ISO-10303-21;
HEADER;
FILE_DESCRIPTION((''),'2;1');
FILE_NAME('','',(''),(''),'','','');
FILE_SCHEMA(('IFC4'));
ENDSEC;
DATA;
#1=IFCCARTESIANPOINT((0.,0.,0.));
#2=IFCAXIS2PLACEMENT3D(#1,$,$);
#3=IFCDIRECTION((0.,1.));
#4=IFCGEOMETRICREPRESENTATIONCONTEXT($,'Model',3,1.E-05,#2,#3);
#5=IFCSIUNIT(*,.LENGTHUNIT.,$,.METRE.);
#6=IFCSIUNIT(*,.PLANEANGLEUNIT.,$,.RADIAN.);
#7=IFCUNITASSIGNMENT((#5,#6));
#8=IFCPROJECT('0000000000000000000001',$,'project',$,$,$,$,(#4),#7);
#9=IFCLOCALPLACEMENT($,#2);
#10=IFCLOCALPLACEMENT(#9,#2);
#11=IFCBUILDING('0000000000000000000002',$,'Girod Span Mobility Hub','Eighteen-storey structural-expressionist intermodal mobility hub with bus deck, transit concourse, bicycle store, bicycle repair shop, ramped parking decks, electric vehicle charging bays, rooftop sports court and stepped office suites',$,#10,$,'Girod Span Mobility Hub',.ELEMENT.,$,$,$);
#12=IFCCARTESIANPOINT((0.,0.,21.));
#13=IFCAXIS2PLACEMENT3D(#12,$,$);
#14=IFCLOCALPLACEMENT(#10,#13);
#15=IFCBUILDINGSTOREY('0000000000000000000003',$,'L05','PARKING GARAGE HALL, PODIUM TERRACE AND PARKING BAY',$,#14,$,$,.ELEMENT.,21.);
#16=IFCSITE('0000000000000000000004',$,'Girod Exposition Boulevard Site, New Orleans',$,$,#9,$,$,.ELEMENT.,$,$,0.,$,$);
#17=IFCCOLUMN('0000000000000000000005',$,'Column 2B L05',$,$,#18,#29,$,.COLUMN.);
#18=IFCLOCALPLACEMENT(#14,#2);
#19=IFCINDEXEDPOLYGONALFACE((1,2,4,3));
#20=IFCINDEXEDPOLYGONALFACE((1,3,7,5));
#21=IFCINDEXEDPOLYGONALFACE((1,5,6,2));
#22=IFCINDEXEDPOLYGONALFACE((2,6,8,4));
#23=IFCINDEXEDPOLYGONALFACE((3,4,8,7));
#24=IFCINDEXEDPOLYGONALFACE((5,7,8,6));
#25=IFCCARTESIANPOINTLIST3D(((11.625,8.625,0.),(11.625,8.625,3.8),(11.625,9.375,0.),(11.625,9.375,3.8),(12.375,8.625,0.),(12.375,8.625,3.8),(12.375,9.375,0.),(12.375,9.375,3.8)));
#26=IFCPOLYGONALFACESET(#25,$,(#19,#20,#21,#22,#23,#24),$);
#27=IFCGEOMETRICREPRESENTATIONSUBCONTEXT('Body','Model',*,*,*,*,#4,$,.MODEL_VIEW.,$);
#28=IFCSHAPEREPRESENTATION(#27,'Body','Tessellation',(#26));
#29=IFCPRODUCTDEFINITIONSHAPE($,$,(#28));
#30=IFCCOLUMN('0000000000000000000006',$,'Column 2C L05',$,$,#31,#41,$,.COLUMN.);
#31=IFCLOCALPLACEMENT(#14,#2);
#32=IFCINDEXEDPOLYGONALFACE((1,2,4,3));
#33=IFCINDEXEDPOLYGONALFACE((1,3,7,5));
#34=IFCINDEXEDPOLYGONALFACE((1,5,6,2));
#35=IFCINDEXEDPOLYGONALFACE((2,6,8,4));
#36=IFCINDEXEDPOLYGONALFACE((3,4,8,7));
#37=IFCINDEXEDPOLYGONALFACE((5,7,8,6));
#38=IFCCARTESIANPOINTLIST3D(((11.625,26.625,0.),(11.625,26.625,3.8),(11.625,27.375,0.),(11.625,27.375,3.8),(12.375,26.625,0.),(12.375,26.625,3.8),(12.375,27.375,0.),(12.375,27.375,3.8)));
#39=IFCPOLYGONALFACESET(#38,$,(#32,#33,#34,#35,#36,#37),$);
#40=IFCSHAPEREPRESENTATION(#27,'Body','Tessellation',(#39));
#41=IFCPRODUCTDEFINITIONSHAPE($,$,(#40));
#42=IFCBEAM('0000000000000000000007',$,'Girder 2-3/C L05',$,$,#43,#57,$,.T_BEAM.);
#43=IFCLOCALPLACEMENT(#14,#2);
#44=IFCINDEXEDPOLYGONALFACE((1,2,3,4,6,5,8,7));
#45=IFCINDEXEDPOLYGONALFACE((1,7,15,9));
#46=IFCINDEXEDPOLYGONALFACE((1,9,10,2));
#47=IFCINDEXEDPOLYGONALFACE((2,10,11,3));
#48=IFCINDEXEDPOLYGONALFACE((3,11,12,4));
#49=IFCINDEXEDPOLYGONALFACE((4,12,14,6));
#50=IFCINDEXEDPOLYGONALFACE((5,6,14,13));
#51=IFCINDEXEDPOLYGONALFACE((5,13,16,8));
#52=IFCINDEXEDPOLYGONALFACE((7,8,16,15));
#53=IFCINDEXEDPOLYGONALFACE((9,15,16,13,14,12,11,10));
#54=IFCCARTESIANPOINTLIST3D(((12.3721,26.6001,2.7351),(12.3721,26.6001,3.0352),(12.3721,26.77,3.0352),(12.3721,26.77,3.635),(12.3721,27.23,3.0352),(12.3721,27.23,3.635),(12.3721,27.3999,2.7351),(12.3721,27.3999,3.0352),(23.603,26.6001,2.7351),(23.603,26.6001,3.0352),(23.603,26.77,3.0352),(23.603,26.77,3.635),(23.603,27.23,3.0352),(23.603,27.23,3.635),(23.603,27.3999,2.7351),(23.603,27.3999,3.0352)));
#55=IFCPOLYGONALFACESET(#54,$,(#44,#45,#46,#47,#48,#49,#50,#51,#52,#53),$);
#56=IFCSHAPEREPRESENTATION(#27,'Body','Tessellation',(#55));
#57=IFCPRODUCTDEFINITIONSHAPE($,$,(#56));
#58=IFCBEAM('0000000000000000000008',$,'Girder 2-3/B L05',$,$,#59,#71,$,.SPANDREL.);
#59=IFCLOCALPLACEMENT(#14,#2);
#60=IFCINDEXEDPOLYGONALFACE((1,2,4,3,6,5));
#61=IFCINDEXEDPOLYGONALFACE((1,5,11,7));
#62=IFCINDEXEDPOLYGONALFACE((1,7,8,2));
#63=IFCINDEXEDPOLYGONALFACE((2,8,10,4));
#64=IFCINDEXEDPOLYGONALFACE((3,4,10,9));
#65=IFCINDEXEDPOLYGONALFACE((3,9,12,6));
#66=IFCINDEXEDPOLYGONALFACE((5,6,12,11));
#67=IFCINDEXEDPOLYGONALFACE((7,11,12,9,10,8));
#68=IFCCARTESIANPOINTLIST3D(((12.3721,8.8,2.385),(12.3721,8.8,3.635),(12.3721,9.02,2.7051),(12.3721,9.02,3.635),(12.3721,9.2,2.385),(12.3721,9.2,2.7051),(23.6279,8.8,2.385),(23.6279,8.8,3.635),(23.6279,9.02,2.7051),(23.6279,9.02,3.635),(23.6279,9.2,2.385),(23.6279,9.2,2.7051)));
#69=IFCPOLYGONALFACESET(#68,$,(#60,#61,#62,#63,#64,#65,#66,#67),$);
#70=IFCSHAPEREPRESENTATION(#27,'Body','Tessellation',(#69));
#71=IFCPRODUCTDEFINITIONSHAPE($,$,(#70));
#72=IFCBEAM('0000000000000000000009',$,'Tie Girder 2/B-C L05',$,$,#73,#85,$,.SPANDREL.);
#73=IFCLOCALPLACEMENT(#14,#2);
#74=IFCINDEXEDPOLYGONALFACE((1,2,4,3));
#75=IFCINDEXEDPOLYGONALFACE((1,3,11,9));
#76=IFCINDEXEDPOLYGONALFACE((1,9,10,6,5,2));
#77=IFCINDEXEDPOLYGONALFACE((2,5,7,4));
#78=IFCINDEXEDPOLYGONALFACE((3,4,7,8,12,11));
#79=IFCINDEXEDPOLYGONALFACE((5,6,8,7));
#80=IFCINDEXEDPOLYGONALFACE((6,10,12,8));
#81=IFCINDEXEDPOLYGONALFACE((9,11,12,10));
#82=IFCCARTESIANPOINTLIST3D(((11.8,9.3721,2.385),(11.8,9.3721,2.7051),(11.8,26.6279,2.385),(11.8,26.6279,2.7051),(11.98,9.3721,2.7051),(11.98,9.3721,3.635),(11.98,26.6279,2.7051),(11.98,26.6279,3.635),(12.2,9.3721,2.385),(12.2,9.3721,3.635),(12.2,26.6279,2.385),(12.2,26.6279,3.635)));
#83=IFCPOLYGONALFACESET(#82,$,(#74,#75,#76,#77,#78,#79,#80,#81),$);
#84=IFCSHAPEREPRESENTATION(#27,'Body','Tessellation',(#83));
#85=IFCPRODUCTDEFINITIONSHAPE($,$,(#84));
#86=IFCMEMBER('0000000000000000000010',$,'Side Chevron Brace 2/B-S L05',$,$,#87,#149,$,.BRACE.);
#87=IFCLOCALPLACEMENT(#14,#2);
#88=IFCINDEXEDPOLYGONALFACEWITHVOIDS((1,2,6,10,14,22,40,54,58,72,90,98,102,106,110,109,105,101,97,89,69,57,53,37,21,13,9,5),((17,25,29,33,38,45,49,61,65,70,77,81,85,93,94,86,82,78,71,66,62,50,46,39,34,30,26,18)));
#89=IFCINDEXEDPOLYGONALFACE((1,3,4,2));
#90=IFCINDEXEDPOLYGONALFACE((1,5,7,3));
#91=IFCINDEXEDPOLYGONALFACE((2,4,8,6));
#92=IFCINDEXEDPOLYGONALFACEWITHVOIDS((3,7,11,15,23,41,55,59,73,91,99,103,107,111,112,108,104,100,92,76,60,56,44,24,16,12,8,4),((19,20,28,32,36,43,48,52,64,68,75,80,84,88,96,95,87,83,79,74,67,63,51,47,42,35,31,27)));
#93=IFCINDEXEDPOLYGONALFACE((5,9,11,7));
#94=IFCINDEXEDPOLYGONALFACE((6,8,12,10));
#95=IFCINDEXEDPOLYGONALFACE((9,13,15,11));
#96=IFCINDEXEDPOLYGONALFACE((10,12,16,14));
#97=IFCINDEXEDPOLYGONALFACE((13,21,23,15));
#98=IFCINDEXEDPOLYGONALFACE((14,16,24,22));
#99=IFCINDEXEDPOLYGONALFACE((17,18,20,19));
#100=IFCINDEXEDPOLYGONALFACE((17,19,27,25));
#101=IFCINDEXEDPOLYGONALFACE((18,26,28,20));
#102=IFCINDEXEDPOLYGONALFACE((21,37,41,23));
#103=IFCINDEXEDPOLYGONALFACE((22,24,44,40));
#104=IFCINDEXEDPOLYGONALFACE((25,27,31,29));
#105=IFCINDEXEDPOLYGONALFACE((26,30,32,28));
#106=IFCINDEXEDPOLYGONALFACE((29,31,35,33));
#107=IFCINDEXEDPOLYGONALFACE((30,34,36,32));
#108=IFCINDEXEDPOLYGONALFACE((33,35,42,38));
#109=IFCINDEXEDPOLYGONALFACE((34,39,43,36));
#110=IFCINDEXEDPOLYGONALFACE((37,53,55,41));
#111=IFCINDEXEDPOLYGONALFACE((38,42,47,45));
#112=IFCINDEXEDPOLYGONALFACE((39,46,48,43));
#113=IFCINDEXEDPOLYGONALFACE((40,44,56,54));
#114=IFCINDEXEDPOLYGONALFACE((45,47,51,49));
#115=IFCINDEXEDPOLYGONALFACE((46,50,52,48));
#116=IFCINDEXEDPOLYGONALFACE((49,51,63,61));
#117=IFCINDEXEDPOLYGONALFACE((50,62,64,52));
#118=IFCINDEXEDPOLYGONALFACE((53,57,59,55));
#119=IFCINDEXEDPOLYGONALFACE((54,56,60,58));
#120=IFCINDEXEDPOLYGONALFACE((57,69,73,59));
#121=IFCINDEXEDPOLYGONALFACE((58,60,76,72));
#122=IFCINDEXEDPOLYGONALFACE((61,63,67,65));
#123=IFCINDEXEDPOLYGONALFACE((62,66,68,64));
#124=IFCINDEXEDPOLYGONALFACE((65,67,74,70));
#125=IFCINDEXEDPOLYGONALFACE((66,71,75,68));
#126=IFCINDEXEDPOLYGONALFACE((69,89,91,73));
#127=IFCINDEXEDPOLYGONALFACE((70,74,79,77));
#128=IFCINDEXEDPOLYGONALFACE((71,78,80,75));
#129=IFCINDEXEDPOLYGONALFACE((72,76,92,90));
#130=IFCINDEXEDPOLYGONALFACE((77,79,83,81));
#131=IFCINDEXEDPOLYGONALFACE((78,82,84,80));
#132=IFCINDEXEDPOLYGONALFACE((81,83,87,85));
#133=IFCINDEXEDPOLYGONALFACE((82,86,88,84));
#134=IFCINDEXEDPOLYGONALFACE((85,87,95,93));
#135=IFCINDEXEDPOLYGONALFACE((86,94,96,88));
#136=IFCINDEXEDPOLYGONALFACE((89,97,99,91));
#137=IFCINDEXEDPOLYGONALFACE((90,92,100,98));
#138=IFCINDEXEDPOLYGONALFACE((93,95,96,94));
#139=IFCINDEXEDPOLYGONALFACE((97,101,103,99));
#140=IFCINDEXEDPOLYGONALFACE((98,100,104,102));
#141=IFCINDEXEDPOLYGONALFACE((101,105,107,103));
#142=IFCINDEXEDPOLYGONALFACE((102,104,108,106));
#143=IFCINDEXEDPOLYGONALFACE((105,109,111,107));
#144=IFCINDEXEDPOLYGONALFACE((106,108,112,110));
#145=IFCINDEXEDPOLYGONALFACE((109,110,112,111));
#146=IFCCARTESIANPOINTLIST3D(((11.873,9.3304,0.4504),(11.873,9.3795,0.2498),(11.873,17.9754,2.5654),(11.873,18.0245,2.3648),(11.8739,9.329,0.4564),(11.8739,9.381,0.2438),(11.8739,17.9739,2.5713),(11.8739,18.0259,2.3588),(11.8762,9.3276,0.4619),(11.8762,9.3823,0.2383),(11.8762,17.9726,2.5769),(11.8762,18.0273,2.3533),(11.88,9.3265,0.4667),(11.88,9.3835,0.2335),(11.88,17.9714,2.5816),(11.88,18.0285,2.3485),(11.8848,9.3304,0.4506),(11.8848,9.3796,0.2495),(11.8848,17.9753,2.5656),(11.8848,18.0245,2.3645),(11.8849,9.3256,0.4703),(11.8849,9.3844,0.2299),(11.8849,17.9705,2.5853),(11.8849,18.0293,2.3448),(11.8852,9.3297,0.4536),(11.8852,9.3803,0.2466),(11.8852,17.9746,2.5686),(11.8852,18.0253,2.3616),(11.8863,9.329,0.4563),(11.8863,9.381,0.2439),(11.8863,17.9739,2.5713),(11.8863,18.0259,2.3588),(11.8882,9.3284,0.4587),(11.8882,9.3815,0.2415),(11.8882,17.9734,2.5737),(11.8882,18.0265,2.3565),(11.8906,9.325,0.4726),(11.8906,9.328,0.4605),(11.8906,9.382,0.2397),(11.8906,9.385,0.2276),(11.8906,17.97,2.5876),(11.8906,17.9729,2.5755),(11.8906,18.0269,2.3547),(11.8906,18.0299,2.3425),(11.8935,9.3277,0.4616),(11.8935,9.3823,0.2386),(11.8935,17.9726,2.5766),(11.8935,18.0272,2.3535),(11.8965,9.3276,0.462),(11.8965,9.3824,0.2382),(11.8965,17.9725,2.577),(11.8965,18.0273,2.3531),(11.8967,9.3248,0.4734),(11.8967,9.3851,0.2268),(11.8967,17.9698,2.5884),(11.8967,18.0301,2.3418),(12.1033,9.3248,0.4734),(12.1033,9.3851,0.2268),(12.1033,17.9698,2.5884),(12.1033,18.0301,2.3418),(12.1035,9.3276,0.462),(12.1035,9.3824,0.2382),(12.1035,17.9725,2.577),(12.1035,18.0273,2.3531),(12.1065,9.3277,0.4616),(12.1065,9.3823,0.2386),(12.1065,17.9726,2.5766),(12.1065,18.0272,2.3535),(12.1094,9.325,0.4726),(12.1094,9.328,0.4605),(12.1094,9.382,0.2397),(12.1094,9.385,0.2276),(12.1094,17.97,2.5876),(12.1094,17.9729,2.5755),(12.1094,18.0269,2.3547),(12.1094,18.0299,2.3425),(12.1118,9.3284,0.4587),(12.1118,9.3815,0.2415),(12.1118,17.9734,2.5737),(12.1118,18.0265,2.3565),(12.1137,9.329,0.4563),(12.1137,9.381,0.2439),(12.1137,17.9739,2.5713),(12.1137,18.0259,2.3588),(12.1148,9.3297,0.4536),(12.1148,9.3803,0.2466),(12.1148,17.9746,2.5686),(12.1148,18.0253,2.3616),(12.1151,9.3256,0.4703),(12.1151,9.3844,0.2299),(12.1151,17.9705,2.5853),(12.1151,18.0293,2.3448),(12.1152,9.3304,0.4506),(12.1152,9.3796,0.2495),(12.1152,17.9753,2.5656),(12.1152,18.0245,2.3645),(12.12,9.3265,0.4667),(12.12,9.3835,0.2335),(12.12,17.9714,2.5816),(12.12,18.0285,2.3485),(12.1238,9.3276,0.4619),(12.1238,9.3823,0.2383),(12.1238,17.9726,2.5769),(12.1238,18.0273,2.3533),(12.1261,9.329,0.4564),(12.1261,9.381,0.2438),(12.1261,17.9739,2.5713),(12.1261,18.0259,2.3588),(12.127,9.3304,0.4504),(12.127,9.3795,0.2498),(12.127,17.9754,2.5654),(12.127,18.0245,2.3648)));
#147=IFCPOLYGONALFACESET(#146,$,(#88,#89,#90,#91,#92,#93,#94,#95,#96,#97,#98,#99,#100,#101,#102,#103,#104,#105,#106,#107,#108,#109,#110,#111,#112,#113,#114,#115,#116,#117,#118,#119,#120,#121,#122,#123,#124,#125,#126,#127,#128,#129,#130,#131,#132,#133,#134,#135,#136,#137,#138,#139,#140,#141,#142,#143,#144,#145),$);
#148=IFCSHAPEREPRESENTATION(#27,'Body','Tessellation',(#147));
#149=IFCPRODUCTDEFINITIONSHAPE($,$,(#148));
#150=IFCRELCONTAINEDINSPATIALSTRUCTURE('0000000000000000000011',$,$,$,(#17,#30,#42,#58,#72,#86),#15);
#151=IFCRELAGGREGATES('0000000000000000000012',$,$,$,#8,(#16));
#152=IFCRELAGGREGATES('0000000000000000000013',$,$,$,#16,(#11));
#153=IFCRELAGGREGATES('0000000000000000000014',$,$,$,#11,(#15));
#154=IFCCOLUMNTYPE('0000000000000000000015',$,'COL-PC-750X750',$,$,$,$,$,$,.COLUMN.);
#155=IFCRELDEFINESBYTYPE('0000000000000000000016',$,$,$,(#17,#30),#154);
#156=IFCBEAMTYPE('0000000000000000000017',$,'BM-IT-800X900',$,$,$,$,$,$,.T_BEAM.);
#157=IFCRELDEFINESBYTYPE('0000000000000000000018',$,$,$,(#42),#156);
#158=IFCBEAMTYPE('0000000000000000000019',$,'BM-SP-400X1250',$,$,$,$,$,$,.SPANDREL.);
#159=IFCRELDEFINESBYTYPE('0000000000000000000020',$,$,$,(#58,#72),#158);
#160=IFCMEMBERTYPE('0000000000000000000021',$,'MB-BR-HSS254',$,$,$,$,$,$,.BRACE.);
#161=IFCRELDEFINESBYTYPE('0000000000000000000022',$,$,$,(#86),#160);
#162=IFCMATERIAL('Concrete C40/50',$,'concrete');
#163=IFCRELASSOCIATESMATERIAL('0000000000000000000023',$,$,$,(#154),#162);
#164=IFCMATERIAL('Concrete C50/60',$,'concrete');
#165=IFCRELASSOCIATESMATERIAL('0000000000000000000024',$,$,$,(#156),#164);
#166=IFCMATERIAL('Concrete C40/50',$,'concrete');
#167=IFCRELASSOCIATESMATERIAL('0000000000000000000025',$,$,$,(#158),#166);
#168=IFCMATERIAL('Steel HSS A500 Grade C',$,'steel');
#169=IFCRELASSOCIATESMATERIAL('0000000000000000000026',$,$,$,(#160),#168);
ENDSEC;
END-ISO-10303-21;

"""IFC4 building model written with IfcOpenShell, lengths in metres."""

from ifc_helpers import new_model, si_unit, direction, frame, origin, origin_2d, place, context, subcontext, project, spatial, polyline, rectangle, hollow_rectangle, outline, extrude, material, material_profile, profile_set, type_object, element, save


model = new_model("IFC4")

# Units and contexts
model_context = context("Model", 3, precision=1e-05, world=origin(), true_north=direction((0.0, 1.0)))
body_context = subcontext(model_context, "Body", "Model", "MODEL_VIEW")
ifc_project = project(units=[si_unit("LENGTHUNIT", "METRE"), si_unit("PLANEANGLEUNIT", "RADIAN")], contexts=[model_context])

# Site, building, storey
site_placement = place(None, origin())
site = spatial("IfcSite", under=ifc_project, at=site_placement, Name="Girod Exposition Boulevard Site, New Orleans", CompositionType="ELEMENT", RefElevation=0.0)
building_placement = place(site_placement, origin())
building = spatial("IfcBuilding", under=site, at=building_placement, Name="Girod Span Mobility Hub", Description="Eighteen-storey structural-expressionist intermodal mobility hub with bus deck, transit concourse, bicycle store, bicycle repair shop, ramped parking decks, electric vehicle charging bays, rooftop sports court and stepped office suites", LongName="Girod Span Mobility Hub", CompositionType="ELEMENT")
storey_placement = place(building_placement, frame((0.0, 0.0, 21.0)))
storey = spatial("IfcBuildingStorey", under=building, at=storey_placement, Name="L05", Description="PARKING GARAGE HALL, PODIUM TERRACE AND PARKING BAY", CompositionType="ELEMENT", Elevation=21.0)

# Columns
ifc_material_1 = material(Name="Concrete C40/50", Category="concrete")
ifc_material_profile_1 = material_profile(ifc_material_1, rectangle(XDim=0.75, YDim=0.75, at=origin_2d()), Name="PC-COL-750X750")
ifc_profile_set_1 = profile_set([ifc_material_profile_1], Name="Concrete C40/50")
column_type = type_object("IfcColumnType", Name="COL-PC-750X750", PredefinedType="COLUMN", material=ifc_profile_set_1)
for number, where, z_axis, x_axis, name in (
    (1, (12.0, 9.0, 0.0), (0.0, 0.0, 1.0), (1.0, 0.0, 0.0), "Column 2B L05"),
    (2, (12.0, 27.0, 0.0), (0.0, 0.0, 1.0), (1.0, 0.0, 0.0), "Column 2C L05"),
):
    element("IfcColumn", number, at=place(storey_placement, frame(where, z_axis=z_axis, x_axis=x_axis)), inside=storey, type_object=column_type, Name=name, PredefinedType="COLUMN", context=body_context, shape_type="SweptSolid", body=[
        extrude(rectangle(XDim=0.75, YDim=0.75, at=origin_2d()), origin(), (0.0, 0.0, 1.0), 3.8),
    ])

# Beams
ifc_material_2 = material(Name="Concrete C50/60", Category="concrete")
ifc_material_profile_2 = material_profile(ifc_material_2, outline(polyline([(-0.3999, -0.45), (0.3999, -0.45), (0.3999, -0.1499), (0.23, -0.1499), (0.23, 0.45), (-0.23, 0.45), (-0.23, -0.1499), (-0.3999, -0.1499), (-0.3999, -0.45)])), Name="IT-800X900")
ifc_profile_set_2 = profile_set([ifc_material_profile_2], Name="Concrete C50/60")
beam_type_1 = type_object("IfcBeamType", Name="BM-IT-800X900", PredefinedType="T_BEAM", material=ifc_profile_set_2)
beam_1_placement = place(storey_placement, frame((12.3721, 27.0, 3.1851), z_axis=(1.0, 0.0, 0.0), x_axis=(0.0, 1.0, 0.0)))
element("IfcBeam", 3, at=beam_1_placement, inside=storey, type_object=beam_type_1, Name="Girder 2-3/C L05", PredefinedType="T_BEAM", context=body_context, shape_type="SweptSolid", body=[
    extrude(outline(polyline([(-0.3999, -0.45), (0.3999, -0.45), (0.3999, -0.1499), (0.23, -0.1499), (0.23, 0.45), (-0.23, 0.45), (-0.23, -0.1499), (-0.3999, -0.1499), (-0.3999, -0.45)])), origin(), (0.0, 0.0, 1.0), 11.231),
])
ifc_material_3 = material(Name="Concrete C40/50", Category="concrete")
ifc_material_profile_3 = material_profile(ifc_material_3, outline(polyline([(-0.2, -0.625), (0.2, -0.625), (0.2, -0.3049), (0.02, -0.3049), (0.02, 0.625), (-0.2, 0.625), (-0.2, -0.625)])), Name="SP-400X1250")
ifc_profile_set_3 = profile_set([ifc_material_profile_3], Name="Concrete C40/50")
beam_type_2 = type_object("IfcBeamType", Name="BM-SP-400X1250", PredefinedType="SPANDREL", material=ifc_profile_set_3)
beam_2_placement = place(storey_placement, frame((12.3721, 9.0, 3.01), z_axis=(1.0, 0.0, 0.0), x_axis=(0.0, 1.0, 0.0)))
element("IfcBeam", 4, at=beam_2_placement, inside=storey, type_object=beam_type_2, Name="Girder 2-3/B L05", PredefinedType="SPANDREL", context=body_context, shape_type="SweptSolid", body=[
    extrude(outline(polyline([(-0.2, -0.625), (0.2, -0.625), (0.2, -0.3049), (0.02, -0.3049), (0.02, 0.625), (-0.2, 0.625), (-0.2, -0.625)])), origin(), (0.0, 0.0, 1.0), 11.2559),
])
beam_3_placement = place(storey_placement, frame((12.0, 9.3721, 3.01), z_axis=(0.0, 1.0, 0.0), x_axis=(-1.0, 0.0, 0.0)))
element("IfcBeam", 5, at=beam_3_placement, inside=storey, type_object=beam_type_2, Name="Tie Girder 2/B-C L05", PredefinedType="SPANDREL", context=body_context, shape_type="SweptSolid", body=[
    extrude(outline(polyline([(-0.2, -0.625), (0.2, -0.625), (0.2, -0.3049), (0.02, -0.3049), (0.02, 0.625), (-0.2, 0.625), (-0.2, -0.625)])), origin(), (0.0, 0.0, 1.0), 17.2559),
])

# Member
ifc_material_4 = material(Name="Steel HSS A500 Grade C", Category="steel")
ifc_material_profile_4 = material_profile(ifc_material_4, hollow_rectangle(XDim=0.2539, YDim=0.2539, WallThickness=0.0117, InnerFilletRadius=0.0117, OuterFilletRadius=0.0237, at=origin_2d()), Name="HSS254X254X12.7")
ifc_profile_set_4 = profile_set([ifc_material_profile_4], Name="Steel HSS A500 Grade C")
member_type = type_object("IfcMemberType", Name="MB-BR-HSS254", PredefinedType="BRACE", material=ifc_profile_set_4)
for number, where, z_axis, x_axis, name in (
    (6, (12.0, 9.355, 0.3501), (0.0, 0.971353, 0.23764), (-1.0, 0.0, 0.0), "Side Chevron Brace 2/B-S L05"),
):
    element("IfcMember", number, at=place(storey_placement, frame(where, z_axis=z_axis, x_axis=x_axis)), inside=storey, type_object=member_type, Name=name, PredefinedType="BRACE", context=body_context, shape_type="SweptSolid", body=[
        extrude(hollow_rectangle(XDim=0.2539, YDim=0.2539, WallThickness=0.0117, InnerFilletRadius=0.0117, OuterFilletRadius=0.0237, at=origin_2d()), origin(), (0.0, 0.0, 1.0), 8.8999),
    ])

save(model, "model.ifc")
